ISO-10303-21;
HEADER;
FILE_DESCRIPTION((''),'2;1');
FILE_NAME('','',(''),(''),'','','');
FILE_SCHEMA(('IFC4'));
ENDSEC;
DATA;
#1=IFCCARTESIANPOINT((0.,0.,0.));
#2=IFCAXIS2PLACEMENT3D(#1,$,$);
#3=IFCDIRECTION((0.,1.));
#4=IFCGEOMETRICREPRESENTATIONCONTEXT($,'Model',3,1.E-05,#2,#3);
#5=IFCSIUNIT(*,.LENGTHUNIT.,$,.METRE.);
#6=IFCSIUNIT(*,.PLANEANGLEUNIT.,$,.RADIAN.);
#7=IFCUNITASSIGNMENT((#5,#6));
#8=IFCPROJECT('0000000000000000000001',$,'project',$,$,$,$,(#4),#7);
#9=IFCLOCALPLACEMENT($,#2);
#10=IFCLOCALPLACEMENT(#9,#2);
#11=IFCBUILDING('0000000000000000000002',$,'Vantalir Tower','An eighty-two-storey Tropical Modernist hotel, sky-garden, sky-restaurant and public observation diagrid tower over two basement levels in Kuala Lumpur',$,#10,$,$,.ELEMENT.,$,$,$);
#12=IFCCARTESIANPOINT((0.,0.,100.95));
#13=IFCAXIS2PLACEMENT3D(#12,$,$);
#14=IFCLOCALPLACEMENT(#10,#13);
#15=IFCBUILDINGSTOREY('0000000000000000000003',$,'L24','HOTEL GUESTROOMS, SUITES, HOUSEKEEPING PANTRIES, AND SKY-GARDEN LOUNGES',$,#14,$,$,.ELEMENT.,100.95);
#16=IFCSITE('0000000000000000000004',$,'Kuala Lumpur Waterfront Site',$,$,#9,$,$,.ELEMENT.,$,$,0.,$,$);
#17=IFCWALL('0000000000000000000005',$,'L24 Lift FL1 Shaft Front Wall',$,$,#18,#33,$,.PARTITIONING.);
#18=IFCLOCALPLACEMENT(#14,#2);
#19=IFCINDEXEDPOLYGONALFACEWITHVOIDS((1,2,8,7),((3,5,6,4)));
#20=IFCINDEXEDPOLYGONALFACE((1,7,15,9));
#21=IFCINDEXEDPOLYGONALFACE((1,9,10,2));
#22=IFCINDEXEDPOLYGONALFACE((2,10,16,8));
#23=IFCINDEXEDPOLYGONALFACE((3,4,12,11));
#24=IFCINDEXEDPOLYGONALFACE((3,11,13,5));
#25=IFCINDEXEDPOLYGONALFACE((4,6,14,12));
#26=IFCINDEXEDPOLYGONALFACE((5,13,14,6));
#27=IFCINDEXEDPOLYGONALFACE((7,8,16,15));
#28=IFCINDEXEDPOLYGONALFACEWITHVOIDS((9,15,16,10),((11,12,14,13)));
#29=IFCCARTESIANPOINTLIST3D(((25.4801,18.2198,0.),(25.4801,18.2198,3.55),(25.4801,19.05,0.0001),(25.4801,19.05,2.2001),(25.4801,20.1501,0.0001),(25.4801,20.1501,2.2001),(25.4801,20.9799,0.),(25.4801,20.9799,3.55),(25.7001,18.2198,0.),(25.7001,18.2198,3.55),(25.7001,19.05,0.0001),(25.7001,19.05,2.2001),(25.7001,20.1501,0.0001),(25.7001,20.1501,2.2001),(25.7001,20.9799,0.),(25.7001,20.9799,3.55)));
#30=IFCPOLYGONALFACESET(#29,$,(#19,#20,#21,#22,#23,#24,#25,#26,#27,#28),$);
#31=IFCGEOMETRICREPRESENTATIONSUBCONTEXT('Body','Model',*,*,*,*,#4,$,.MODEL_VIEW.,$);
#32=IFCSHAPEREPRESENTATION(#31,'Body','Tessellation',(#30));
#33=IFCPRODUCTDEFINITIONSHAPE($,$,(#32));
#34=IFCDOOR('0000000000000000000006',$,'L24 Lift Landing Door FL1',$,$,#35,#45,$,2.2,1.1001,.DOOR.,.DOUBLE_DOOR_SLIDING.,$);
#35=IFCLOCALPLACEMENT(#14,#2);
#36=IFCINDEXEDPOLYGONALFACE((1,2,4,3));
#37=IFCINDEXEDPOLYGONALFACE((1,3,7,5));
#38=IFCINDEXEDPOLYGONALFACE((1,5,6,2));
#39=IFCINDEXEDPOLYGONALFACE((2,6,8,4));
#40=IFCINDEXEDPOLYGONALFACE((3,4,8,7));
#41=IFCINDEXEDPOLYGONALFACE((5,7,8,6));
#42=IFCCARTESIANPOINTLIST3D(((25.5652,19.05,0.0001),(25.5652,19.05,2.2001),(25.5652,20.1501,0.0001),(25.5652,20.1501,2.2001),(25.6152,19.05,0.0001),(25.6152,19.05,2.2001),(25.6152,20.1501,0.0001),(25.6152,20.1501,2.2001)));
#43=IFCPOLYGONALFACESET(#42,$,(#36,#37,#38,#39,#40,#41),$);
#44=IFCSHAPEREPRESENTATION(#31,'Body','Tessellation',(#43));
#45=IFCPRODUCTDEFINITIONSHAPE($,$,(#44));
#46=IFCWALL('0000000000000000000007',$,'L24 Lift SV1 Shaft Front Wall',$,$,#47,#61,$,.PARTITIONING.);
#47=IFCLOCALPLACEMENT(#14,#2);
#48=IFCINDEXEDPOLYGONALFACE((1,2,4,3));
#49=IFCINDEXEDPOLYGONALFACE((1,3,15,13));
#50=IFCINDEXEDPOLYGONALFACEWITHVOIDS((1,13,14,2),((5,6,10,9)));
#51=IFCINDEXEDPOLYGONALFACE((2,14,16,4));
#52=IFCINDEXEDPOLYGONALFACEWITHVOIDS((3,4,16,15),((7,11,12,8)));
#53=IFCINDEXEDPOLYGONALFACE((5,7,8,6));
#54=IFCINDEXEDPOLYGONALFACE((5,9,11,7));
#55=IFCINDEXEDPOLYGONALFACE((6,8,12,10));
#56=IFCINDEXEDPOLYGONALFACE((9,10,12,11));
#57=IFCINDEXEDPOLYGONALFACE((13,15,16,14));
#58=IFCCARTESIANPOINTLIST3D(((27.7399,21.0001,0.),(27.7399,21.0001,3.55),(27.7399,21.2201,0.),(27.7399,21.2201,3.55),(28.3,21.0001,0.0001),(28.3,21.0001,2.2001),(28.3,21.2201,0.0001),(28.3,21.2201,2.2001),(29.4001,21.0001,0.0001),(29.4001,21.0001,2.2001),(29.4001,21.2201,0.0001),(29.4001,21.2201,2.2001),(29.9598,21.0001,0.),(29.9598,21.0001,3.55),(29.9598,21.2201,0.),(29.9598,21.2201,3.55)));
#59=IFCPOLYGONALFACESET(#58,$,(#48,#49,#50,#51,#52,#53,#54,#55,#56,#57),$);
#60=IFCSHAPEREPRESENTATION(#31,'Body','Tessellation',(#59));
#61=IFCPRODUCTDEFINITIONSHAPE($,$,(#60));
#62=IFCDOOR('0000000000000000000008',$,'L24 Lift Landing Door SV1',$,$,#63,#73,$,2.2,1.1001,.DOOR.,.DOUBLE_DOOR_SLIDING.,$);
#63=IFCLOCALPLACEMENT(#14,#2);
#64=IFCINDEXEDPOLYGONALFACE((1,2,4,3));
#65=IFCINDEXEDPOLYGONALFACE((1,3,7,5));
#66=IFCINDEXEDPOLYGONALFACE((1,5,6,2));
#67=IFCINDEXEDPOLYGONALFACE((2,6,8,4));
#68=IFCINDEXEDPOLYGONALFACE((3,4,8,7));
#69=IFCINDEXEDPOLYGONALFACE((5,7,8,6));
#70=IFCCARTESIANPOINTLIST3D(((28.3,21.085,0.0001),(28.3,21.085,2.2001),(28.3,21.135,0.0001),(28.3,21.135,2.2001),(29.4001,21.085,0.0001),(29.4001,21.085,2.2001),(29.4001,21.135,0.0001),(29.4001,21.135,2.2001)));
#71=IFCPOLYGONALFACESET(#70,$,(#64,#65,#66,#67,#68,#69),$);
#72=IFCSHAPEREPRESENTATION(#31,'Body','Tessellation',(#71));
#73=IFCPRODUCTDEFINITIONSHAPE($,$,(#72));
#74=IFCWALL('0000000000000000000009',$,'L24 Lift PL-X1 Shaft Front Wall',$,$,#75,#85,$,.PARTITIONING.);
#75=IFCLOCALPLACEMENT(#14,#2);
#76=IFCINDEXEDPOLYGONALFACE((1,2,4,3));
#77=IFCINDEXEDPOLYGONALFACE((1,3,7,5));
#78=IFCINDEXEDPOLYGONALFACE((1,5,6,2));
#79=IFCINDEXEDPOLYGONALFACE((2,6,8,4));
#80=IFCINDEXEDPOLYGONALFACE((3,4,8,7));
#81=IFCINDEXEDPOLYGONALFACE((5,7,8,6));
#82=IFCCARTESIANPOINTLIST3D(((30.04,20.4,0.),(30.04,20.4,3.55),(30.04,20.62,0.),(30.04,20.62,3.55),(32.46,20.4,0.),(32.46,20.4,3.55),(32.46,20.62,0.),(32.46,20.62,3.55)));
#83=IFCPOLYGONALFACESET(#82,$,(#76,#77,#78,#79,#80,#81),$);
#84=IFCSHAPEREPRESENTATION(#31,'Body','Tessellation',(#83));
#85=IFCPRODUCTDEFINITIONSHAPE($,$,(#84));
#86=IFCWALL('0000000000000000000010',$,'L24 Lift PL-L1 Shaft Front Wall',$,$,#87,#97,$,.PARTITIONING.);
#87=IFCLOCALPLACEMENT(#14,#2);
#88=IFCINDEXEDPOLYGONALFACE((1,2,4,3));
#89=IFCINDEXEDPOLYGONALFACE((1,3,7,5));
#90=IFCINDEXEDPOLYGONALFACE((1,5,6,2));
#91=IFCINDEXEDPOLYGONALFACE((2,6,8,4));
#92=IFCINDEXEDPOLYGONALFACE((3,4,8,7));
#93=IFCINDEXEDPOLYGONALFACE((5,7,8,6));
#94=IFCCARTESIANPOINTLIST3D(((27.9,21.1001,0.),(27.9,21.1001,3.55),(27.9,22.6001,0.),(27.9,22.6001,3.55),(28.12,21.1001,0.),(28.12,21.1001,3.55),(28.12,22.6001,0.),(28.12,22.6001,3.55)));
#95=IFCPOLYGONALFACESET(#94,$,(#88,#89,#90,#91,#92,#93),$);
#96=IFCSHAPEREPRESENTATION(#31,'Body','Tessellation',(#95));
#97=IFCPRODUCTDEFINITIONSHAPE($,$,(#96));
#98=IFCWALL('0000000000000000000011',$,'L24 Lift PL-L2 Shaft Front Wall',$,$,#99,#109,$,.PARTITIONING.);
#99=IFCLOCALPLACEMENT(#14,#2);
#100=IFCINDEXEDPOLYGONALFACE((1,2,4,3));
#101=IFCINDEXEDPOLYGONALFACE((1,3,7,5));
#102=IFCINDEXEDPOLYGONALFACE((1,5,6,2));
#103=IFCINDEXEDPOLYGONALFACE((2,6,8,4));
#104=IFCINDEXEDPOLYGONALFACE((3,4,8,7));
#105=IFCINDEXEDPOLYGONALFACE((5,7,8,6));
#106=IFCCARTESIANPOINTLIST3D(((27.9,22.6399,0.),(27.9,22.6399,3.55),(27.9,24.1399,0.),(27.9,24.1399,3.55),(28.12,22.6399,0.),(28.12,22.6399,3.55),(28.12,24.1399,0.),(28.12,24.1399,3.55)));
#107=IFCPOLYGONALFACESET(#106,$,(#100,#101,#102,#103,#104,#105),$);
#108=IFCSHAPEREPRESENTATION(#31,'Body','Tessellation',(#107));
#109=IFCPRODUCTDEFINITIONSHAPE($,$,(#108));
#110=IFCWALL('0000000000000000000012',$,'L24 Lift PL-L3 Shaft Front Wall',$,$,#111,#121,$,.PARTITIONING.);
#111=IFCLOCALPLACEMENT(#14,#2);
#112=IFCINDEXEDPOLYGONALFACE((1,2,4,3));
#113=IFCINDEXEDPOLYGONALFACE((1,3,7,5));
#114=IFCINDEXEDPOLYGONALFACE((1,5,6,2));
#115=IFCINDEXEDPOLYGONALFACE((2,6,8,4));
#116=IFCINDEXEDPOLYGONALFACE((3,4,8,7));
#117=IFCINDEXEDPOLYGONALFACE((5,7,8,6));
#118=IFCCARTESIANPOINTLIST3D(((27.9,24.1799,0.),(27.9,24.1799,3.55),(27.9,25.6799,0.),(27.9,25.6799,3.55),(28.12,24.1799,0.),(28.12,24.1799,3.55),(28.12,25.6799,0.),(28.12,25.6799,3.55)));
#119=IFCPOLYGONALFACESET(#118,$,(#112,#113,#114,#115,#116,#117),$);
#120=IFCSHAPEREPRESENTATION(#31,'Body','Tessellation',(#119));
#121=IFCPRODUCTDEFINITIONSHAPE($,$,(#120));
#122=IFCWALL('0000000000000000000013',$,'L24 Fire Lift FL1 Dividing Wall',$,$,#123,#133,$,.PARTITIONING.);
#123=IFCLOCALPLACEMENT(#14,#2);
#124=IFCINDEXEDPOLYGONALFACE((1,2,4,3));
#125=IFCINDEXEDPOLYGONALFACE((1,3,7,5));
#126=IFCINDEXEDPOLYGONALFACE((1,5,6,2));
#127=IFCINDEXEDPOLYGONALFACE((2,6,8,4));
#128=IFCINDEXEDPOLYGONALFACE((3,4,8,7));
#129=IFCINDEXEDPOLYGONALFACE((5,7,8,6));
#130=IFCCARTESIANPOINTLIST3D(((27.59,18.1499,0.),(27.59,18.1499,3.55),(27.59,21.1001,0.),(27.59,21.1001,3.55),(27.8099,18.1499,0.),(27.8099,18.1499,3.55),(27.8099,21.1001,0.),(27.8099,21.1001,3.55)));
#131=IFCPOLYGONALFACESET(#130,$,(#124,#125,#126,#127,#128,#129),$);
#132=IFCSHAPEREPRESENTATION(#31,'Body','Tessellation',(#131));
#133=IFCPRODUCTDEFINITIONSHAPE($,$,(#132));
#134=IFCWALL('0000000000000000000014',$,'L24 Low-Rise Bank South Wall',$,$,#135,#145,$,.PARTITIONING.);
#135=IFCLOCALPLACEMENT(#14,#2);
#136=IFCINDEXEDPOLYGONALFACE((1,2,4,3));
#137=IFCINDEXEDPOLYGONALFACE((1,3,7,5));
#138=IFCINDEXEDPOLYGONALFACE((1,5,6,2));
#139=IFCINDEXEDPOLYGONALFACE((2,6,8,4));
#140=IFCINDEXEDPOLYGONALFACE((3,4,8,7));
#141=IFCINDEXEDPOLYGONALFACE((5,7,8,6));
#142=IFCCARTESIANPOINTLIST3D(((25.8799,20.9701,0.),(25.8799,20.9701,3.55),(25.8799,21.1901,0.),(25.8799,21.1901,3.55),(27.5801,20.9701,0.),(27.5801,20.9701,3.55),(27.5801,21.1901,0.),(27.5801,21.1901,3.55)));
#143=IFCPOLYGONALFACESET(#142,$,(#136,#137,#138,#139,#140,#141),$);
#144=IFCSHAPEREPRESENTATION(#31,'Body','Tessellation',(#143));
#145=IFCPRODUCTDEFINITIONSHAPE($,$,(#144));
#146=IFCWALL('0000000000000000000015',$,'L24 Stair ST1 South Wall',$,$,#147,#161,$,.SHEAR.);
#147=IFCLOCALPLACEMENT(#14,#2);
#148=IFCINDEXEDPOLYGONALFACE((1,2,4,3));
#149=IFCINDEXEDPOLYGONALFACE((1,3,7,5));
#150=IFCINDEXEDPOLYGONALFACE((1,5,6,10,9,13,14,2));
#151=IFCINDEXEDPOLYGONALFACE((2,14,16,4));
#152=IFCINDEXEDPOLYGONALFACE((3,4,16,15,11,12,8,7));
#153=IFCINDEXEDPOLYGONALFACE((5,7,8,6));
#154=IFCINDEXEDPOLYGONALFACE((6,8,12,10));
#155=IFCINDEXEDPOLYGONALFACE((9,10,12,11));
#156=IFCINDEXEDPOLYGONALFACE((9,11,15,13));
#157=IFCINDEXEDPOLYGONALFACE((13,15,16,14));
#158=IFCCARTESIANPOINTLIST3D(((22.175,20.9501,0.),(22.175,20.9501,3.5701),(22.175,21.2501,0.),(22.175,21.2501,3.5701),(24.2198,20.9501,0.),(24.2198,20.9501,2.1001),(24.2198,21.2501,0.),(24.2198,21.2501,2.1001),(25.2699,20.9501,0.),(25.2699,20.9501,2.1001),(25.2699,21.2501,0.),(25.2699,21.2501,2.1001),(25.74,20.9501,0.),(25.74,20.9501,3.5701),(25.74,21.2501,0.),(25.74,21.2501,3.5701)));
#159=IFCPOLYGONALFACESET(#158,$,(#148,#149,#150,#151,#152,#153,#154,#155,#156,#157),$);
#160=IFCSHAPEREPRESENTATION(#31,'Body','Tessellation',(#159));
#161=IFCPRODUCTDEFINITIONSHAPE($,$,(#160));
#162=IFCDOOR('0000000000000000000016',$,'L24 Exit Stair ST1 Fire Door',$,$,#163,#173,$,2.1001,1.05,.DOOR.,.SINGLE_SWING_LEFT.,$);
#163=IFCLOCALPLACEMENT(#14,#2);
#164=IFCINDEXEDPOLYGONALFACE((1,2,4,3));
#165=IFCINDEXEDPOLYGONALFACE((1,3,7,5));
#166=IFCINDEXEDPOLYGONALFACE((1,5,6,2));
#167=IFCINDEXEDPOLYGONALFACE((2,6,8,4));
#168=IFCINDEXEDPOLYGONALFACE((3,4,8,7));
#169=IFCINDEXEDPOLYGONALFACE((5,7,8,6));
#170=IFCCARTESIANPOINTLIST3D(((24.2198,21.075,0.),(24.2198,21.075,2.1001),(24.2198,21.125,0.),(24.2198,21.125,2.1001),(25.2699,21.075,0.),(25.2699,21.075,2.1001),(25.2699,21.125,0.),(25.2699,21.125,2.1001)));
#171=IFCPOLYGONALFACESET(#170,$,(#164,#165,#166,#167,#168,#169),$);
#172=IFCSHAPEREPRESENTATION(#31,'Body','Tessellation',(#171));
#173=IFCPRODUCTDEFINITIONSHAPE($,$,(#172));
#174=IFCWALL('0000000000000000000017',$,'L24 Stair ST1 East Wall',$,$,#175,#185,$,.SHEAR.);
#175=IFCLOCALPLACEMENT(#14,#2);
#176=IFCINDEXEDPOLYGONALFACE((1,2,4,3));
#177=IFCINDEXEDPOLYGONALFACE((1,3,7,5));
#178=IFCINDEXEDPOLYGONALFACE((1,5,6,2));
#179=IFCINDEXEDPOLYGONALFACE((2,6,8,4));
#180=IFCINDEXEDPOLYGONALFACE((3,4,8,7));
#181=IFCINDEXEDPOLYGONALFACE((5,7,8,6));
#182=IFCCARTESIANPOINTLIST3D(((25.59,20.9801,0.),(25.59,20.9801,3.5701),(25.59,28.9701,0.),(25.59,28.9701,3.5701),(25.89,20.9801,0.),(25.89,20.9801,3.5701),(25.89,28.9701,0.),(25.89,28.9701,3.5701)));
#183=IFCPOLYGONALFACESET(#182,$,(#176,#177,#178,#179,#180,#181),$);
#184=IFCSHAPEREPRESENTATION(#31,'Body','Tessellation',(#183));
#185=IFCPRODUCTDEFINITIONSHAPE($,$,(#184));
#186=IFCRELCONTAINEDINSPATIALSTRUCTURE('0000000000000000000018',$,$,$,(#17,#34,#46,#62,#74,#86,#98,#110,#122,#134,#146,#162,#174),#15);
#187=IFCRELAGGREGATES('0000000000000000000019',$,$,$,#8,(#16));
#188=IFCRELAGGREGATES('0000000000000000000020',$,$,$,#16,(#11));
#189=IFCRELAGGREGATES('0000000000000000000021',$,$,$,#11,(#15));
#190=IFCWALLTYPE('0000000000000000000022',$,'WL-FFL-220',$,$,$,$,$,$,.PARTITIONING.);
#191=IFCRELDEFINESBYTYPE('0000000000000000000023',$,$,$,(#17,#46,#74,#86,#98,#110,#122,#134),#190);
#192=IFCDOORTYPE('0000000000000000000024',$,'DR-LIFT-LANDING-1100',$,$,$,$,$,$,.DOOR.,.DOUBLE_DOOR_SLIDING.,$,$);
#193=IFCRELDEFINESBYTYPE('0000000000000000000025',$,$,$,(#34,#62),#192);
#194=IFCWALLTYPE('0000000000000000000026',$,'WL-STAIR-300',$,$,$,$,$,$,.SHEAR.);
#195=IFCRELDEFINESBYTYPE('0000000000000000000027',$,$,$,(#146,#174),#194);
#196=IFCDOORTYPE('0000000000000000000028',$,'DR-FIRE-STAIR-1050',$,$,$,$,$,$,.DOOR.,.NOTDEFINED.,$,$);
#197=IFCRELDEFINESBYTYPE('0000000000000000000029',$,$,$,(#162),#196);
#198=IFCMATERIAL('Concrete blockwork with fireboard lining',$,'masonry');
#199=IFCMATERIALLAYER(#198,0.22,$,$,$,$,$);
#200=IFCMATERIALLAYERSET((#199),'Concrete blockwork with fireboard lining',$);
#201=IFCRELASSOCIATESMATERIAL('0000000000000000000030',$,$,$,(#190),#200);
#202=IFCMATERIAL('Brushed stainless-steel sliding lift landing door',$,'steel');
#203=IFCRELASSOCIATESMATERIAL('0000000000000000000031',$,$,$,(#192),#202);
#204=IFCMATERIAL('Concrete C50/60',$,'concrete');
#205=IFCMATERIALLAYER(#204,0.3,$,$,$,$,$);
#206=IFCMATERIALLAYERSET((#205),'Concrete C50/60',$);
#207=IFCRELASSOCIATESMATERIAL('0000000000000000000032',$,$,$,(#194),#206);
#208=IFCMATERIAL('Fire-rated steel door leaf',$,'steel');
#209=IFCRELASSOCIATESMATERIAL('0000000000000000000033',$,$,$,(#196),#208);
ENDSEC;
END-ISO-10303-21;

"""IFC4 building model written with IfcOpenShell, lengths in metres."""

from ifc_helpers import new_model, si_unit, direction, frame, frame_2d, origin, place, context, subcontext, project, spatial, rectangle, extrude, material, layer, layer_set, type_object, element, fill, save


model = new_model("IFC4")

# Units and contexts
model_context = context("Model", 3, precision=1e-05, world=origin(), true_north=direction((0.0, 1.0)))
body_context = subcontext(model_context, "Body", "Model", "MODEL_VIEW")
ifc_project = project(units=[si_unit("LENGTHUNIT", "METRE"), si_unit("PLANEANGLEUNIT", "RADIAN")], contexts=[model_context])

# Site, building, storey
site_placement = place(None, origin())
site = spatial("IfcSite", under=ifc_project, at=site_placement, Name="Kuala Lumpur Waterfront Site", CompositionType="ELEMENT", RefElevation=0.0)
building_placement = place(site_placement, origin())
building = spatial("IfcBuilding", under=site, at=building_placement, Name="Vantalir Tower", Description="An eighty-two-storey Tropical Modernist hotel, sky-garden, sky-restaurant and public observation diagrid tower over two basement levels in Kuala Lumpur", CompositionType="ELEMENT")
storey_placement = place(building_placement, frame((0.0, 0.0, 100.95)))
storey = spatial("IfcBuildingStorey", under=building, at=storey_placement, Name="L24", Description="HOTEL GUESTROOMS, SUITES, HOUSEKEEPING PANTRIES, AND SKY-GARDEN LOUNGES", CompositionType="ELEMENT", Elevation=100.95)

# Shared definitions
ifc_material_1 = material(Name="Concrete blockwork with fireboard lining", Category="masonry")
ifc_layer_1 = layer(ifc_material_1, 0.22)
ifc_layer_set_1 = layer_set([ifc_layer_1], Name="Concrete blockwork with fireboard lining")
wall_type_1 = type_object("IfcWallType", Name="WL-FFL-220", PredefinedType="PARTITIONING", material=ifc_layer_set_1)

# Walls, openings, doors
wall_1_placement = place(storey_placement, frame((25.5901, 18.22, 0.0), z_axis=(0.0, 0.0, 1.0), x_axis=(0.0, 1.0, 0.0)))
wall_1 = element("IfcWall", 1, at=wall_1_placement, inside=storey, type_object=wall_type_1, Name="L24 Lift FL1 Shaft Front Wall", PredefinedType="PARTITIONING", context=body_context, shape_type="SweptSolid", body=[
    extrude(rectangle(XDim=2.76, YDim=0.22, at=frame_2d((1.3799, 0.0))), origin(), (0.0, 0.0, 1.0), 3.55),
])
opening_1_placement = place(wall_1_placement, frame((0.8301, 0.0, 0.0)))
opening_1 = element("IfcOpeningElement", 2, at=opening_1_placement, cuts=wall_1, PredefinedType="OPENING", context=body_context, shape_type="SweptSolid", body=[
    extrude(rectangle(XDim=1.1001, YDim=2.2, at=frame_2d((0.55, 1.1001))), frame((0.0, 0.1199, 0.0), z_axis=(0.0, -1.0, 0.0), x_axis=(1.0, 0.0, 0.0)), (0.0, 0.0, 1.0), 0.24),
])
ifc_material_2 = material(Name="Brushed stainless-steel sliding lift landing door", Category="steel")
door_type_1 = type_object("IfcDoorType", Name="DR-LIFT-LANDING-1100", OperationType="DOUBLE_DOOR_SLIDING", PredefinedType="DOOR", material=ifc_material_2)
door_1_placement = place(opening_1_placement, origin())
door_1 = element("IfcDoor", 3, at=door_1_placement, inside=storey, type_object=door_type_1, Name="L24 Lift Landing Door FL1", OperationType="DOUBLE_DOOR_SLIDING", OverallHeight=2.2, OverallWidth=1.1001, PredefinedType="DOOR", context=body_context, shape_type="SweptSolid", body=[
    extrude(rectangle(XDim=1.1001, YDim=2.2, at=frame_2d((0.55, 1.1001))), frame((0.0, 0.0249, 0.0), z_axis=(0.0, -1.0, 0.0), x_axis=(1.0, 0.0, 0.0)), (0.0, 0.0, 1.0), 0.05),
])
fill(opening_1, door_1)
wall_2_placement = place(storey_placement, frame((27.74, 21.1101, 0.0), z_axis=(0.0, 0.0, 1.0), x_axis=(1.0, 0.0, 0.0)))
wall_2 = element("IfcWall", 4, at=wall_2_placement, inside=storey, type_object=wall_type_1, Name="L24 Lift SV1 Shaft Front Wall", PredefinedType="PARTITIONING", context=body_context, shape_type="SweptSolid", body=[
    extrude(rectangle(XDim=2.22, YDim=0.22, at=frame_2d((1.1099, 0.0))), origin(), (0.0, 0.0, 1.0), 3.55),
])
opening_2_placement = place(wall_2_placement, frame((0.5601, 0.0, 0.0)))
opening_2 = element("IfcOpeningElement", 5, at=opening_2_placement, cuts=wall_2, PredefinedType="OPENING", context=body_context, shape_type="SweptSolid", body=[
    extrude(rectangle(XDim=1.1001, YDim=2.2, at=frame_2d((0.55, 1.1001))), frame((0.0, 0.1199, 0.0), z_axis=(0.0, -1.0, 0.0), x_axis=(1.0, 0.0, 0.0)), (0.0, 0.0, 1.0), 0.24),
])
door_2_placement = place(opening_2_placement, origin())
door_2 = element("IfcDoor", 6, at=door_2_placement, inside=storey, type_object=door_type_1, Name="L24 Lift Landing Door SV1", OperationType="DOUBLE_DOOR_SLIDING", OverallHeight=2.2, OverallWidth=1.1001, PredefinedType="DOOR", context=body_context, shape_type="SweptSolid", body=[
    extrude(rectangle(XDim=1.1001, YDim=2.2, at=frame_2d((0.55, 1.1001))), frame((0.0, 0.0249, 0.0), z_axis=(0.0, -1.0, 0.0), x_axis=(1.0, 0.0, 0.0)), (0.0, 0.0, 1.0), 0.05),
])
fill(opening_2, door_2)

# Walls
wall_3_placement = place(storey_placement, frame((30.04, 20.51, 0.0), z_axis=(0.0, 0.0, 1.0), x_axis=(1.0, 0.0, 0.0)))
element("IfcWall", 7, at=wall_3_placement, inside=storey, type_object=wall_type_1, Name="L24 Lift PL-X1 Shaft Front Wall", PredefinedType="PARTITIONING", context=body_context, shape_type="SweptSolid", body=[
    extrude(rectangle(XDim=2.4199, YDim=0.22, at=frame_2d((1.21, 0.0))), origin(), (0.0, 0.0, 1.0), 3.55),
])
for number, where, z_axis, x_axis, name in (
    (8, (28.01, 21.1001, 0.0), (0.0, 0.0, 1.0), (0.0, 1.0, 0.0), "L24 Lift PL-L1 Shaft Front Wall"),
    (9, (28.01, 22.6399, 0.0), (0.0, 0.0, 1.0), (0.0, 1.0, 0.0), "L24 Lift PL-L2 Shaft Front Wall"),
    (10, (28.01, 24.1799, 0.0), (0.0, 0.0, 1.0), (0.0, 1.0, 0.0), "L24 Lift PL-L3 Shaft Front Wall"),
):
    element("IfcWall", number, at=place(storey_placement, frame(where, z_axis=z_axis, x_axis=x_axis)), inside=storey, type_object=wall_type_1, Name=name, PredefinedType="PARTITIONING", context=body_context, shape_type="SweptSolid", body=[
        extrude(rectangle(XDim=1.5, YDim=0.22, at=frame_2d((0.75, 0.0))), origin(), (0.0, 0.0, 1.0), 3.55),
    ])
wall_4_placement = place(storey_placement, frame((27.7, 18.1499, 0.0), z_axis=(0.0, 0.0, 1.0), x_axis=(0.0, 1.0, 0.0)))
element("IfcWall", 11, at=wall_4_placement, inside=storey, type_object=wall_type_1, Name="L24 Fire Lift FL1 Dividing Wall", PredefinedType="PARTITIONING", context=body_context, shape_type="SweptSolid", body=[
    extrude(rectangle(XDim=2.9502, YDim=0.22, at=frame_2d((1.4751, 0.0))), origin(), (0.0, 0.0, 1.0), 3.55),
])
wall_5_placement = place(storey_placement, frame((25.8799, 21.0801, 0.0), z_axis=(0.0, 0.0, 1.0), x_axis=(1.0, 0.0, 0.0)))
element("IfcWall", 12, at=wall_5_placement, inside=storey, type_object=wall_type_1, Name="L24 Low-Rise Bank South Wall", PredefinedType="PARTITIONING", context=body_context, shape_type="SweptSolid", body=[
    extrude(rectangle(XDim=1.7002, YDim=0.22, at=frame_2d((0.8501, 0.0))), origin(), (0.0, 0.0, 1.0), 3.55),
])

# Wall, opening, door
ifc_material_3 = material(Name="Concrete C50/60", Category="concrete")
ifc_layer_2 = layer(ifc_material_3, 0.3)
ifc_layer_set_2 = layer_set([ifc_layer_2], Name="Concrete C50/60")
wall_type_2 = type_object("IfcWallType", Name="WL-STAIR-300", PredefinedType="SHEAR", material=ifc_layer_set_2)
wall_6_placement = place(storey_placement, frame((22.175, 21.1001, 0.0), z_axis=(0.0, 0.0, 1.0), x_axis=(1.0, 0.0, 0.0)))
wall_6 = element("IfcWall", 13, at=wall_6_placement, inside=storey, type_object=wall_type_2, Name="L24 Stair ST1 South Wall", PredefinedType="SHEAR", context=body_context, shape_type="SweptSolid", body=[
    extrude(rectangle(XDim=3.5649, YDim=0.3, at=frame_2d((1.7825, 0.0))), origin(), (0.0, 0.0, 1.0), 3.5701),
])
opening_3_placement = place(wall_6_placement, frame((2.0449, 0.0, 0.0)))
opening_3 = element("IfcOpeningElement", 14, at=opening_3_placement, cuts=wall_6, PredefinedType="OPENING", context=body_context, shape_type="SweptSolid", body=[
    extrude(rectangle(XDim=1.05, YDim=2.1001, at=frame_2d((0.5249, 1.05))), frame((0.0, 0.1599, 0.0), z_axis=(0.0, -1.0, 0.0), x_axis=(1.0, 0.0, 0.0)), (0.0, 0.0, 1.0), 0.3201),
])
ifc_material_4 = material(Name="Fire-rated steel door leaf", Category="steel")
door_type_2 = type_object("IfcDoorType", Name="DR-FIRE-STAIR-1050", OperationType="NOTDEFINED", PredefinedType="DOOR", material=ifc_material_4)
door_3_placement = place(opening_3_placement, origin())
door_3 = element("IfcDoor", 15, at=door_3_placement, inside=storey, type_object=door_type_2, Name="L24 Exit Stair ST1 Fire Door", OperationType="SINGLE_SWING_LEFT", OverallHeight=2.1001, OverallWidth=1.05, PredefinedType="DOOR", context=body_context, shape_type="SweptSolid", body=[
    extrude(rectangle(XDim=1.05, YDim=2.1001, at=frame_2d((0.5249, 1.05))), frame((0.0, 0.0249, 0.0), z_axis=(0.0, -1.0, 0.0), x_axis=(1.0, 0.0, 0.0)), (0.0, 0.0, 1.0), 0.05),
])
fill(opening_3, door_3)

# Wall
wall_7_placement = place(storey_placement, frame((25.74, 20.98, 0.0), z_axis=(0.0, 0.0, 1.0), x_axis=(0.0, 1.0, 0.0)))
element("IfcWall", 16, at=wall_7_placement, inside=storey, type_object=wall_type_2, Name="L24 Stair ST1 East Wall", PredefinedType="SHEAR", context=body_context, shape_type="SweptSolid", body=[
    extrude(rectangle(XDim=7.99, YDim=0.3, at=frame_2d((3.9951, 0.0))), origin(), (0.0, 0.0, 1.0), 3.5701),
])

save(model, "model.ifc")
